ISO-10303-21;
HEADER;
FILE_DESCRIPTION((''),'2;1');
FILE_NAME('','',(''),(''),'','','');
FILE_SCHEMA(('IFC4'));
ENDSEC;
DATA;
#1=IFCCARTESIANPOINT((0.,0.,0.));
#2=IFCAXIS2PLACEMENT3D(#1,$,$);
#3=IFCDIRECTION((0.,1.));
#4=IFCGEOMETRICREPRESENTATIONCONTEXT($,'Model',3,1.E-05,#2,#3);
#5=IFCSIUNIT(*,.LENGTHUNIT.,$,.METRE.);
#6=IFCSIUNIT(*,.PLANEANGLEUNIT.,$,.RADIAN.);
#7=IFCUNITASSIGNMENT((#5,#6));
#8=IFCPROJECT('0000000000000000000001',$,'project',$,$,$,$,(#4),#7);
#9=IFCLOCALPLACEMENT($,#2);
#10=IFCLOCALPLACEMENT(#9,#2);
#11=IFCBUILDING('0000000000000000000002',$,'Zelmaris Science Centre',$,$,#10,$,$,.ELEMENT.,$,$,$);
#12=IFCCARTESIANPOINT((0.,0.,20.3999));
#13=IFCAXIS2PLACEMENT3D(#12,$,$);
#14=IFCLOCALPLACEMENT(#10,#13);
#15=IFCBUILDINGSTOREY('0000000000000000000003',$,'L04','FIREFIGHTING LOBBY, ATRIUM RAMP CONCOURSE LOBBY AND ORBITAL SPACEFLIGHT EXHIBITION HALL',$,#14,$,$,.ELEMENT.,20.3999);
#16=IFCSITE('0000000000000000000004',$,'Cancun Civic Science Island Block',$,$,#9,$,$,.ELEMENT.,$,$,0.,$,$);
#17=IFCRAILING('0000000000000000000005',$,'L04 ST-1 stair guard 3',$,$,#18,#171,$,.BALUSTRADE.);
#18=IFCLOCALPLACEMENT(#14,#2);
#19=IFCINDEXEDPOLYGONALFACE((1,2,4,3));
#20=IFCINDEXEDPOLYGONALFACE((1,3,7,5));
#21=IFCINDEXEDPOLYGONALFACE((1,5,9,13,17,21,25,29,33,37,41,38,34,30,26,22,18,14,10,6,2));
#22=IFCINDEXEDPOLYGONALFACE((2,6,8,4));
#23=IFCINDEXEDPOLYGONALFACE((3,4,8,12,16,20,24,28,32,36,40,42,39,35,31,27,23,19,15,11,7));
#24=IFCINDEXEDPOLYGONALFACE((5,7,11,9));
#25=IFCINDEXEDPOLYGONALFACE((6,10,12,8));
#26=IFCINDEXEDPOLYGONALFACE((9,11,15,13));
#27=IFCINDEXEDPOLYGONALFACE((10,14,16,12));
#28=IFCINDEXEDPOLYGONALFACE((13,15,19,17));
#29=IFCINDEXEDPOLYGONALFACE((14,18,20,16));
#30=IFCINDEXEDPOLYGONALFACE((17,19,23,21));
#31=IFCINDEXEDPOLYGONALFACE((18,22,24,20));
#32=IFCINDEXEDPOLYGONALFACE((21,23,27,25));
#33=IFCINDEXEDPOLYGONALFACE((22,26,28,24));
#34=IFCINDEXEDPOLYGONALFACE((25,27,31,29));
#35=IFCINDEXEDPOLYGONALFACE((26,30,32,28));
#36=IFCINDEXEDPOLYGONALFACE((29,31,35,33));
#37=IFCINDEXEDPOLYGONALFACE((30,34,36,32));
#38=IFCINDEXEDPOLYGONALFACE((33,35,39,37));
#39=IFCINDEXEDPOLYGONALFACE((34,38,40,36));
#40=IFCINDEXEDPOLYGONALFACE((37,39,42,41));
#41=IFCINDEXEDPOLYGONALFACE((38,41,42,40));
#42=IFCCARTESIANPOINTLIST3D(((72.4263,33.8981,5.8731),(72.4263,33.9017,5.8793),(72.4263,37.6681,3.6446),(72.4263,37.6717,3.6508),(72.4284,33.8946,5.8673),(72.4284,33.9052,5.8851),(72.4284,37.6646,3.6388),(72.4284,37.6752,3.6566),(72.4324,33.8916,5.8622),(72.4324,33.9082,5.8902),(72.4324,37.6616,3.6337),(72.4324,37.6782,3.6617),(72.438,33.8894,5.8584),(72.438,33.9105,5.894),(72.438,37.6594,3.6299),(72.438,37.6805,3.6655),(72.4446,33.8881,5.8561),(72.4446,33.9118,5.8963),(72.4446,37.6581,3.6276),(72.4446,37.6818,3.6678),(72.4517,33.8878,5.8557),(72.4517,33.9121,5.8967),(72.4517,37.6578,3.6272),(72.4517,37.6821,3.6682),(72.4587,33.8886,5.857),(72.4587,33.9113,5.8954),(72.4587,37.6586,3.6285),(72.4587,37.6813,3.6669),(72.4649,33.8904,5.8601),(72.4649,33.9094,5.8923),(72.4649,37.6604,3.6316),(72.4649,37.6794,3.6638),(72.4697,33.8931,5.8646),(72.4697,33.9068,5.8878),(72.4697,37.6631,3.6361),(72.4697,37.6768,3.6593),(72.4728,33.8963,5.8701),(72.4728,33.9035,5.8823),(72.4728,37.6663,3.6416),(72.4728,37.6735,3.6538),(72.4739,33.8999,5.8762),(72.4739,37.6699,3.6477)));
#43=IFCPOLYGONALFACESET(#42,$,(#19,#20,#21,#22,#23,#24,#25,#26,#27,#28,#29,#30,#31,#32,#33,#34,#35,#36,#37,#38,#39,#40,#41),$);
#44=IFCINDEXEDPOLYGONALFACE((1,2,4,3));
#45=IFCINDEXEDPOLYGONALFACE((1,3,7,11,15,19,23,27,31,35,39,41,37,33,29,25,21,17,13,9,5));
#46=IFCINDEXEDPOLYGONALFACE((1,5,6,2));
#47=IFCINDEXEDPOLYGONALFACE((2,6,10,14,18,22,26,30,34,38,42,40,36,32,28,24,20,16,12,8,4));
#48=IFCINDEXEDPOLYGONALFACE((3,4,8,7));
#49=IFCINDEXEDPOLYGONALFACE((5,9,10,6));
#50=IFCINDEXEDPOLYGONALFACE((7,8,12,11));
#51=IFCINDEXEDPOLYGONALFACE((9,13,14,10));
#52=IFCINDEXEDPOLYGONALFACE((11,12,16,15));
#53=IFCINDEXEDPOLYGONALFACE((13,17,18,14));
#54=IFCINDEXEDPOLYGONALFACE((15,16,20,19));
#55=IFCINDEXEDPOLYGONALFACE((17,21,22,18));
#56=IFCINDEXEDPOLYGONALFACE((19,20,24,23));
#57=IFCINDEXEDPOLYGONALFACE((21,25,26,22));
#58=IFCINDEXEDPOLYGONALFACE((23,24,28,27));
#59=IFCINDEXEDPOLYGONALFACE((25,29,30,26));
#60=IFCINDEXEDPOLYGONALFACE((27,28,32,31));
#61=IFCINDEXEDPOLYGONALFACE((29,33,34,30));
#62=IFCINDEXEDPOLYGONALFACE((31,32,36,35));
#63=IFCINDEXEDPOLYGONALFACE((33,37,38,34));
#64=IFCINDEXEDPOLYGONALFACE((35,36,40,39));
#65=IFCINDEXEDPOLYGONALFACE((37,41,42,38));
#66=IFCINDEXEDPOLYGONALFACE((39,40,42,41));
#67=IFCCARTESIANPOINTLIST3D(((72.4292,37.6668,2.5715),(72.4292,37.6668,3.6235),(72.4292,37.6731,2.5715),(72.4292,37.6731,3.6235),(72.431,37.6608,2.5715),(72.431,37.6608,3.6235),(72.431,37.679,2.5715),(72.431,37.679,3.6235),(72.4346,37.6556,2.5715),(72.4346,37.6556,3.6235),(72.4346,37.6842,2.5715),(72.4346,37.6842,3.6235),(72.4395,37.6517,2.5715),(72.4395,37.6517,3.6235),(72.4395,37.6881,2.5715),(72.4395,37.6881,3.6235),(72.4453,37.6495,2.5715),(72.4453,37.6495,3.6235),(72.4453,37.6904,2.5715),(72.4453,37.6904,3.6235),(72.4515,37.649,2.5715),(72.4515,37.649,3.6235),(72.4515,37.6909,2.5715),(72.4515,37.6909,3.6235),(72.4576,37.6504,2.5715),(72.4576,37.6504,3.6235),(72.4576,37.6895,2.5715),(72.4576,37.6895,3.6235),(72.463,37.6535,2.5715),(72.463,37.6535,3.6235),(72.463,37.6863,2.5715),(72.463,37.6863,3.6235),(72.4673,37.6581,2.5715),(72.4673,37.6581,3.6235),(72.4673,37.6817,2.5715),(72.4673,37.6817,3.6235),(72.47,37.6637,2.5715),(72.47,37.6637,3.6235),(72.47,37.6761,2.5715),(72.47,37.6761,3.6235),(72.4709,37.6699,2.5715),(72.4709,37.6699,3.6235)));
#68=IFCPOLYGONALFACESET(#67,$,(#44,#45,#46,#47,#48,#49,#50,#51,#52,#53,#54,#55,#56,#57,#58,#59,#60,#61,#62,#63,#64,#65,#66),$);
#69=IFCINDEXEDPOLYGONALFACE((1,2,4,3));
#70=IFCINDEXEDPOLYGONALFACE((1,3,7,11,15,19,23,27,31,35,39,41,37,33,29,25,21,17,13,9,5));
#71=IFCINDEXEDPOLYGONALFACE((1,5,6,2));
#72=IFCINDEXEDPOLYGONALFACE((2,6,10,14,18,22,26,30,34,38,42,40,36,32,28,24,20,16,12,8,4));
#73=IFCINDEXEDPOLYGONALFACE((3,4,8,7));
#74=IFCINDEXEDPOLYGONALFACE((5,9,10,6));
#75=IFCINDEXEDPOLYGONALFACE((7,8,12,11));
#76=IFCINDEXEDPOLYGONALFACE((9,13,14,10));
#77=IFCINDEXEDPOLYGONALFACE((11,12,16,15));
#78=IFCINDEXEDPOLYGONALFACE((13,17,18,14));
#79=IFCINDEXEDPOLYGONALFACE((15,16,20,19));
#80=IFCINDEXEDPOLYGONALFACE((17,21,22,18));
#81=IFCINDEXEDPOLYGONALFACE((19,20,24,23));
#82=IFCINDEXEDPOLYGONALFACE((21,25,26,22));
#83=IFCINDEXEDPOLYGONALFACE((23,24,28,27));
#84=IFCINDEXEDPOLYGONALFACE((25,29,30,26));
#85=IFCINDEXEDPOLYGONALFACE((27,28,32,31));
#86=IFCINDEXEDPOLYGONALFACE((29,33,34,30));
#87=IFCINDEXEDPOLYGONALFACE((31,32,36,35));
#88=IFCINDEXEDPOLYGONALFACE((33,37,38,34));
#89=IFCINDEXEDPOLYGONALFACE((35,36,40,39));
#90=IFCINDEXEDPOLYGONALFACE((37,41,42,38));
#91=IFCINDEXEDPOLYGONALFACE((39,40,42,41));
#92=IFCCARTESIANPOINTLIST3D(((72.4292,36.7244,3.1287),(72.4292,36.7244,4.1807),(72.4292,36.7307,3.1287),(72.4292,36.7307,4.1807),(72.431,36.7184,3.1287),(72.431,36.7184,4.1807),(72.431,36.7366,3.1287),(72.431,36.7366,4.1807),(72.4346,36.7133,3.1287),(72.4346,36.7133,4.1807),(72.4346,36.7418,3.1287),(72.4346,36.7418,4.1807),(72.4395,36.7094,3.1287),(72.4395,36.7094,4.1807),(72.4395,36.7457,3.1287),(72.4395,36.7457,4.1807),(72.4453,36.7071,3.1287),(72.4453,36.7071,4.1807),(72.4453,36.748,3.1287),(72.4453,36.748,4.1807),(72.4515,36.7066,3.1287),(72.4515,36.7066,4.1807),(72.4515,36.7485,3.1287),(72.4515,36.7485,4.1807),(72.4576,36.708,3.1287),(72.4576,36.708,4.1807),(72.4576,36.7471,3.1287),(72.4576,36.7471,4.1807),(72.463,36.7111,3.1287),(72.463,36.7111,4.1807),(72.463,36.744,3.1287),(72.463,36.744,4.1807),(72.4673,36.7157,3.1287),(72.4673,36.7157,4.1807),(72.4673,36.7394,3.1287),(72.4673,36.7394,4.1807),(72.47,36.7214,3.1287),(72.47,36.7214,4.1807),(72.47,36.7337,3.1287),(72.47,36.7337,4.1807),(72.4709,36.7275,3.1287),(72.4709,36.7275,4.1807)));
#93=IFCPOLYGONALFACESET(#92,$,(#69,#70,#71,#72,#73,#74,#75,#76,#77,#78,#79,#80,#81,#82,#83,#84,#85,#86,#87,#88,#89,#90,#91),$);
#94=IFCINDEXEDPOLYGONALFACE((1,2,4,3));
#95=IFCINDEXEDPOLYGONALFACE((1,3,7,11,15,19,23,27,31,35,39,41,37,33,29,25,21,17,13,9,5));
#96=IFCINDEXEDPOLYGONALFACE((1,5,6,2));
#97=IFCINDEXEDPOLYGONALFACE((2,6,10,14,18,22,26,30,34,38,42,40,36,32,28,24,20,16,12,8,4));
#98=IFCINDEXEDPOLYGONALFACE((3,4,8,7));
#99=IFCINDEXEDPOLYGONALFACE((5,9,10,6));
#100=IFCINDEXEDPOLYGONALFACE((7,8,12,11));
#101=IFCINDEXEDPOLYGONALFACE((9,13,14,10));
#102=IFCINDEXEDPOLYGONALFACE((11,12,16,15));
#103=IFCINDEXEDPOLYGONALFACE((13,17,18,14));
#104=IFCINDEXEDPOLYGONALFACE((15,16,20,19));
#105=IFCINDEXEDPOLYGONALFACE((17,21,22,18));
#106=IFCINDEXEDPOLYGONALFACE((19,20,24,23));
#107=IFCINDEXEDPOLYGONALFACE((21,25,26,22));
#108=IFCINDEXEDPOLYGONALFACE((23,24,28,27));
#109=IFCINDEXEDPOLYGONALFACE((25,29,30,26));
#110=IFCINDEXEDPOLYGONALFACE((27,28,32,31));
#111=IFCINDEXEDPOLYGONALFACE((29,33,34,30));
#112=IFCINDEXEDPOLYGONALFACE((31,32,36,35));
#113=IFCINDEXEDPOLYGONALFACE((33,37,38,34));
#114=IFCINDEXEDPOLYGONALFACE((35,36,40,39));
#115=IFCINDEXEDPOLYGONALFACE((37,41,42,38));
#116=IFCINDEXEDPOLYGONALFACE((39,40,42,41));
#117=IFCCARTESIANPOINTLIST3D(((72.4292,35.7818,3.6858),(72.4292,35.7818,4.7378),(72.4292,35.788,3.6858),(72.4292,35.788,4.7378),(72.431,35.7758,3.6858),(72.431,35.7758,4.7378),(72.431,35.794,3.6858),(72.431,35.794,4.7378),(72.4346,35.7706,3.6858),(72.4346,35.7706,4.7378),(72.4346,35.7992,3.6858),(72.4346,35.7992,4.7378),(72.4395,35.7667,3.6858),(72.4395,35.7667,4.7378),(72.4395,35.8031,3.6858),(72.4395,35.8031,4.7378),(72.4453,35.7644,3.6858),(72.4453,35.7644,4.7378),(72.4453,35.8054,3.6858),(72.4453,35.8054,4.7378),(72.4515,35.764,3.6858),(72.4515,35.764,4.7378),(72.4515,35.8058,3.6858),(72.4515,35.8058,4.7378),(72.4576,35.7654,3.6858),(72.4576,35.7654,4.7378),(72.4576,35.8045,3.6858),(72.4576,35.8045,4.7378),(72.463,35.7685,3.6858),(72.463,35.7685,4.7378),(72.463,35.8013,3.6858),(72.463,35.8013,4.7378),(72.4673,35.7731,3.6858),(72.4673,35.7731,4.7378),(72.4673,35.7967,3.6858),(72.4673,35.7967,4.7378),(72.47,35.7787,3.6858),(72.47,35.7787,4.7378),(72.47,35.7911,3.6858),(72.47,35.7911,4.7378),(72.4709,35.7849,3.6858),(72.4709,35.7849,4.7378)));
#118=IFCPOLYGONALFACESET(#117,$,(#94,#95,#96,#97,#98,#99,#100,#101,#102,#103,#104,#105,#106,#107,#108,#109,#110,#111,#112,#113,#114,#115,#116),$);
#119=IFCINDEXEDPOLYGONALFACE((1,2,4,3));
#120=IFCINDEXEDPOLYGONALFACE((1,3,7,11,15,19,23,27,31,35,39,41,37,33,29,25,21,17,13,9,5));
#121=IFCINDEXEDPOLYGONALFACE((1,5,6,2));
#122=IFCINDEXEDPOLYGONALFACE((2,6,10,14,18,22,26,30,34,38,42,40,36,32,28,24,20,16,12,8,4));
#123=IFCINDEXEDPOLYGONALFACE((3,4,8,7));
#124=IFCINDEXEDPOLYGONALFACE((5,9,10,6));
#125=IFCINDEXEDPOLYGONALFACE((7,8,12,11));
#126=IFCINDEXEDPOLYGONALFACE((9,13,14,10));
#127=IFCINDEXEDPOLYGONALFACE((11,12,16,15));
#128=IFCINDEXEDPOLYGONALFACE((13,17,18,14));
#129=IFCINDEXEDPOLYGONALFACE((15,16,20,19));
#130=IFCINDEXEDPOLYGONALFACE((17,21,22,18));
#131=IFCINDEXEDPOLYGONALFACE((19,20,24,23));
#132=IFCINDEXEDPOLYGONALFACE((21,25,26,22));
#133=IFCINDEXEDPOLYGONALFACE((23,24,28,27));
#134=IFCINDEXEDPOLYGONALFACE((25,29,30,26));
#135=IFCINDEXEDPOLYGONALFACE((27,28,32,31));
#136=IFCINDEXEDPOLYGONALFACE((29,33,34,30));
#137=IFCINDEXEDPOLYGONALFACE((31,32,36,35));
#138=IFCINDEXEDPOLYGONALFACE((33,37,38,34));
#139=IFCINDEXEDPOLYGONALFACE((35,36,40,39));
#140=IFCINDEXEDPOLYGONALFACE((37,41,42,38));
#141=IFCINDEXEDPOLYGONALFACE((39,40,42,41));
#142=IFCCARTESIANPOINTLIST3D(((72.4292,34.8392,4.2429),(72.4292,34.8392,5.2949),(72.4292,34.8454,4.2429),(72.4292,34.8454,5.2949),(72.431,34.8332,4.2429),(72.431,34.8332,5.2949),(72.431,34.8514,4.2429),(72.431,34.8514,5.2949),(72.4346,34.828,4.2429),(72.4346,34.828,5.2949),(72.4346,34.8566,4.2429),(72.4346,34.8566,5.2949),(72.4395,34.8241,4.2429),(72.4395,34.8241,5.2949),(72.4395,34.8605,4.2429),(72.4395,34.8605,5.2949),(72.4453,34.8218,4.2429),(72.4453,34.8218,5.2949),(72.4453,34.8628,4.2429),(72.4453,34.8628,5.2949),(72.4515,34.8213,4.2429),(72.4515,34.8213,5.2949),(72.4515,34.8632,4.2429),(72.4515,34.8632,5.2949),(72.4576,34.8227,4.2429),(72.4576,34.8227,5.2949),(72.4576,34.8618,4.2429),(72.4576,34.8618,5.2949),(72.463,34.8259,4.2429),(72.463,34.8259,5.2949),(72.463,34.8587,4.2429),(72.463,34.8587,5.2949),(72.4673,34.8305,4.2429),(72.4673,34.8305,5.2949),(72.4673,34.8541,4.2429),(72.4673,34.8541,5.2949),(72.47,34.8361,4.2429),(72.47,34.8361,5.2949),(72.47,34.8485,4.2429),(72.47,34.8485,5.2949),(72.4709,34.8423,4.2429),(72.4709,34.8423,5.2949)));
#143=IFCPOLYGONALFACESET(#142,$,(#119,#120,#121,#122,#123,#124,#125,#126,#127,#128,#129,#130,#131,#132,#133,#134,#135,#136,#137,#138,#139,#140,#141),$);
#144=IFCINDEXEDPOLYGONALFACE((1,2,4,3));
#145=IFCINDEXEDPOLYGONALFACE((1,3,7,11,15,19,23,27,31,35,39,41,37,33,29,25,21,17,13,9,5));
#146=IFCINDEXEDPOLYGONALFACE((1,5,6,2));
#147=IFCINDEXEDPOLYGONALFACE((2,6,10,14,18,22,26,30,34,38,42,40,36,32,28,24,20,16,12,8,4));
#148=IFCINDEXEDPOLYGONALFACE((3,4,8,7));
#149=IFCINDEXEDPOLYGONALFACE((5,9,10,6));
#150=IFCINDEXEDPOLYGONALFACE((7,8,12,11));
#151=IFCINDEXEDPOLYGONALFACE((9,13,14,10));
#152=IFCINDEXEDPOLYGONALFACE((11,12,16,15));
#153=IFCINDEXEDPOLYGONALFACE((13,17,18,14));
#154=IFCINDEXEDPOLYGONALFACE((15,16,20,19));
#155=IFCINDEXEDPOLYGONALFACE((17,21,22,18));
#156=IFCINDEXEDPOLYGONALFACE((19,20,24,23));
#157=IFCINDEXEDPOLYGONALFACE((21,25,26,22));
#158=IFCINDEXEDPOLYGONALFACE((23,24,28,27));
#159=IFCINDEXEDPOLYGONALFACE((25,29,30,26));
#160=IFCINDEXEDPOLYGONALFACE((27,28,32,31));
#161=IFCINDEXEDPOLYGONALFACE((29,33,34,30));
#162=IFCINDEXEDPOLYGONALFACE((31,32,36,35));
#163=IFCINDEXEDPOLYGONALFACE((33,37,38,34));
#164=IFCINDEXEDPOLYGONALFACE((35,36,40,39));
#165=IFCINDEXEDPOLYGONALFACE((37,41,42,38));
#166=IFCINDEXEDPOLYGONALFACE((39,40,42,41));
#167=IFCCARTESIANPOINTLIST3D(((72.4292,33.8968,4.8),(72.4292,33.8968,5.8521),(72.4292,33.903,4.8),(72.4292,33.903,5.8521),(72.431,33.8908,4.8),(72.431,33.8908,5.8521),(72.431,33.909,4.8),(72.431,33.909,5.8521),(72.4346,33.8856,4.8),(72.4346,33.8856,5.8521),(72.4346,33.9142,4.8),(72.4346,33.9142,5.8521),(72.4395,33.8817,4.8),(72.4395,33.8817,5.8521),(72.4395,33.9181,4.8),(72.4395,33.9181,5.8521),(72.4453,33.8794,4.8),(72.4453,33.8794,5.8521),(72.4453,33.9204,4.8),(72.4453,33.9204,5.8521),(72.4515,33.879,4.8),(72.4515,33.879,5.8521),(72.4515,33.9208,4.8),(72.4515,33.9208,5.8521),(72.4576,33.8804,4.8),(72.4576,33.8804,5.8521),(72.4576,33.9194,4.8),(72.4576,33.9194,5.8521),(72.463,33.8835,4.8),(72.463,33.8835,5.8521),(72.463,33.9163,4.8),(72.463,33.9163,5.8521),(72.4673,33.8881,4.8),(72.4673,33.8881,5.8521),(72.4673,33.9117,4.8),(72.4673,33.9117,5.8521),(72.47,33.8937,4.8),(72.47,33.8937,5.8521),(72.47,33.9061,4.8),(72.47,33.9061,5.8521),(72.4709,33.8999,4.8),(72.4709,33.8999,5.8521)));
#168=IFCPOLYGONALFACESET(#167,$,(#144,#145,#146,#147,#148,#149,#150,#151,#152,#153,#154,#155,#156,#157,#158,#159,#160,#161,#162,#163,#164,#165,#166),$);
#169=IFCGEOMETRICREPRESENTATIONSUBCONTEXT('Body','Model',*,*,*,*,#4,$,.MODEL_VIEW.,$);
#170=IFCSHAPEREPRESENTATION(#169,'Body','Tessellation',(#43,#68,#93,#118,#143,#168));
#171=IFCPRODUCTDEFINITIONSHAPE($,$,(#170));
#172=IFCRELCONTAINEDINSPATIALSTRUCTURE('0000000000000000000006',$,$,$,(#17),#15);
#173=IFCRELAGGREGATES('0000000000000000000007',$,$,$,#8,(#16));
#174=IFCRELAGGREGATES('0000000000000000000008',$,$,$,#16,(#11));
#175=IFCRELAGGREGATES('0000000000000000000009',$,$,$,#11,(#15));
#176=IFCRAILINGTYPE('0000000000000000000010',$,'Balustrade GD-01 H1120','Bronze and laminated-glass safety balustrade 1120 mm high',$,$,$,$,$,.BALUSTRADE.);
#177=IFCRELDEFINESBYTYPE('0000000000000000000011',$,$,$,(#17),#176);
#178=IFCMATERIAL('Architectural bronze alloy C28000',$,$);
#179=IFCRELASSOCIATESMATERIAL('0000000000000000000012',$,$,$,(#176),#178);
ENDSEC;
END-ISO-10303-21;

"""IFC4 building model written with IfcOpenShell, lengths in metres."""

from ifc_helpers import new_model, si_unit, direction, frame, origin, origin_2d, place, context, subcontext, project, spatial, circle, extrude, material, type_object, element, save


model = new_model("IFC4")

# Units and contexts
model_context = context("Model", 3, precision=1e-05, world=origin(), true_north=direction((0.0, 1.0)))
body_context = subcontext(model_context, "Body", "Model", "MODEL_VIEW")
ifc_project = project(units=[si_unit("LENGTHUNIT", "METRE"), si_unit("PLANEANGLEUNIT", "RADIAN")], contexts=[model_context])

# Site, building, storey
site_placement = place(None, origin())
site = spatial("IfcSite", under=ifc_project, at=site_placement, Name="Cancun Civic Science Island Block", CompositionType="ELEMENT", RefElevation=0.0)
building_placement = place(site_placement, origin())
building = spatial("IfcBuilding", under=site, at=building_placement, Name="Zelmaris Science Centre", CompositionType="ELEMENT")
storey_placement = place(building_placement, frame((0.0, 0.0, 20.3999)))
storey = spatial("IfcBuildingStorey", under=building, at=storey_placement, Name="L04", Description="FIREFIGHTING LOBBY, ATRIUM RAMP CONCOURSE LOBBY AND ORBITAL SPACEFLIGHT EXHIBITION HALL", CompositionType="ELEMENT", Elevation=20.3999)

# Railing
ifc_material_1 = material(Name="Architectural bronze alloy C28000")
railing_type_1 = type_object("IfcRailingType", Name="Balustrade GD-01 H1120", Description="Bronze and laminated-glass safety balustrade 1120 mm high", PredefinedType="BALUSTRADE", material=ifc_material_1)
railing_1_placement = place(storey_placement, frame((72.45, 37.6699, 2.5715)))
element("IfcRailing", 1, at=railing_1_placement, inside=storey, type_object=railing_type_1, Name="L04 ST-1 stair guard 3", PredefinedType="BALUSTRADE", context=body_context, shape_type="SweptSolid", body=[
    extrude(circle(Radius=0.0239, at=origin_2d()), frame((0.0, 0.0, 1.0762), z_axis=(0.0, -0.860849, 0.508861), x_axis=(1.0, 0.0, 0.0)), (0.0, 0.0, 1.0), 4.3794),
    extrude(circle(Radius=0.021, at=origin_2d()), origin(), (0.0, 0.0, 1.0), 1.052),
    extrude(circle(Radius=0.021, at=origin_2d()), frame((0.0, -0.9424, 0.5571)), (0.0, 0.0, 1.0), 1.052),
    extrude(circle(Radius=0.021, at=origin_2d()), frame((0.0, -1.885, 1.1143)), (0.0, 0.0, 1.0), 1.052),
    extrude(circle(Radius=0.021, at=origin_2d()), frame((0.0, -2.8276, 1.6714)), (0.0, 0.0, 1.0), 1.052),
    extrude(circle(Radius=0.021, at=origin_2d()), frame((0.0, -3.77, 2.2285)), (0.0, 0.0, 1.0), 1.052),
])

save(model, "model.ifc")
